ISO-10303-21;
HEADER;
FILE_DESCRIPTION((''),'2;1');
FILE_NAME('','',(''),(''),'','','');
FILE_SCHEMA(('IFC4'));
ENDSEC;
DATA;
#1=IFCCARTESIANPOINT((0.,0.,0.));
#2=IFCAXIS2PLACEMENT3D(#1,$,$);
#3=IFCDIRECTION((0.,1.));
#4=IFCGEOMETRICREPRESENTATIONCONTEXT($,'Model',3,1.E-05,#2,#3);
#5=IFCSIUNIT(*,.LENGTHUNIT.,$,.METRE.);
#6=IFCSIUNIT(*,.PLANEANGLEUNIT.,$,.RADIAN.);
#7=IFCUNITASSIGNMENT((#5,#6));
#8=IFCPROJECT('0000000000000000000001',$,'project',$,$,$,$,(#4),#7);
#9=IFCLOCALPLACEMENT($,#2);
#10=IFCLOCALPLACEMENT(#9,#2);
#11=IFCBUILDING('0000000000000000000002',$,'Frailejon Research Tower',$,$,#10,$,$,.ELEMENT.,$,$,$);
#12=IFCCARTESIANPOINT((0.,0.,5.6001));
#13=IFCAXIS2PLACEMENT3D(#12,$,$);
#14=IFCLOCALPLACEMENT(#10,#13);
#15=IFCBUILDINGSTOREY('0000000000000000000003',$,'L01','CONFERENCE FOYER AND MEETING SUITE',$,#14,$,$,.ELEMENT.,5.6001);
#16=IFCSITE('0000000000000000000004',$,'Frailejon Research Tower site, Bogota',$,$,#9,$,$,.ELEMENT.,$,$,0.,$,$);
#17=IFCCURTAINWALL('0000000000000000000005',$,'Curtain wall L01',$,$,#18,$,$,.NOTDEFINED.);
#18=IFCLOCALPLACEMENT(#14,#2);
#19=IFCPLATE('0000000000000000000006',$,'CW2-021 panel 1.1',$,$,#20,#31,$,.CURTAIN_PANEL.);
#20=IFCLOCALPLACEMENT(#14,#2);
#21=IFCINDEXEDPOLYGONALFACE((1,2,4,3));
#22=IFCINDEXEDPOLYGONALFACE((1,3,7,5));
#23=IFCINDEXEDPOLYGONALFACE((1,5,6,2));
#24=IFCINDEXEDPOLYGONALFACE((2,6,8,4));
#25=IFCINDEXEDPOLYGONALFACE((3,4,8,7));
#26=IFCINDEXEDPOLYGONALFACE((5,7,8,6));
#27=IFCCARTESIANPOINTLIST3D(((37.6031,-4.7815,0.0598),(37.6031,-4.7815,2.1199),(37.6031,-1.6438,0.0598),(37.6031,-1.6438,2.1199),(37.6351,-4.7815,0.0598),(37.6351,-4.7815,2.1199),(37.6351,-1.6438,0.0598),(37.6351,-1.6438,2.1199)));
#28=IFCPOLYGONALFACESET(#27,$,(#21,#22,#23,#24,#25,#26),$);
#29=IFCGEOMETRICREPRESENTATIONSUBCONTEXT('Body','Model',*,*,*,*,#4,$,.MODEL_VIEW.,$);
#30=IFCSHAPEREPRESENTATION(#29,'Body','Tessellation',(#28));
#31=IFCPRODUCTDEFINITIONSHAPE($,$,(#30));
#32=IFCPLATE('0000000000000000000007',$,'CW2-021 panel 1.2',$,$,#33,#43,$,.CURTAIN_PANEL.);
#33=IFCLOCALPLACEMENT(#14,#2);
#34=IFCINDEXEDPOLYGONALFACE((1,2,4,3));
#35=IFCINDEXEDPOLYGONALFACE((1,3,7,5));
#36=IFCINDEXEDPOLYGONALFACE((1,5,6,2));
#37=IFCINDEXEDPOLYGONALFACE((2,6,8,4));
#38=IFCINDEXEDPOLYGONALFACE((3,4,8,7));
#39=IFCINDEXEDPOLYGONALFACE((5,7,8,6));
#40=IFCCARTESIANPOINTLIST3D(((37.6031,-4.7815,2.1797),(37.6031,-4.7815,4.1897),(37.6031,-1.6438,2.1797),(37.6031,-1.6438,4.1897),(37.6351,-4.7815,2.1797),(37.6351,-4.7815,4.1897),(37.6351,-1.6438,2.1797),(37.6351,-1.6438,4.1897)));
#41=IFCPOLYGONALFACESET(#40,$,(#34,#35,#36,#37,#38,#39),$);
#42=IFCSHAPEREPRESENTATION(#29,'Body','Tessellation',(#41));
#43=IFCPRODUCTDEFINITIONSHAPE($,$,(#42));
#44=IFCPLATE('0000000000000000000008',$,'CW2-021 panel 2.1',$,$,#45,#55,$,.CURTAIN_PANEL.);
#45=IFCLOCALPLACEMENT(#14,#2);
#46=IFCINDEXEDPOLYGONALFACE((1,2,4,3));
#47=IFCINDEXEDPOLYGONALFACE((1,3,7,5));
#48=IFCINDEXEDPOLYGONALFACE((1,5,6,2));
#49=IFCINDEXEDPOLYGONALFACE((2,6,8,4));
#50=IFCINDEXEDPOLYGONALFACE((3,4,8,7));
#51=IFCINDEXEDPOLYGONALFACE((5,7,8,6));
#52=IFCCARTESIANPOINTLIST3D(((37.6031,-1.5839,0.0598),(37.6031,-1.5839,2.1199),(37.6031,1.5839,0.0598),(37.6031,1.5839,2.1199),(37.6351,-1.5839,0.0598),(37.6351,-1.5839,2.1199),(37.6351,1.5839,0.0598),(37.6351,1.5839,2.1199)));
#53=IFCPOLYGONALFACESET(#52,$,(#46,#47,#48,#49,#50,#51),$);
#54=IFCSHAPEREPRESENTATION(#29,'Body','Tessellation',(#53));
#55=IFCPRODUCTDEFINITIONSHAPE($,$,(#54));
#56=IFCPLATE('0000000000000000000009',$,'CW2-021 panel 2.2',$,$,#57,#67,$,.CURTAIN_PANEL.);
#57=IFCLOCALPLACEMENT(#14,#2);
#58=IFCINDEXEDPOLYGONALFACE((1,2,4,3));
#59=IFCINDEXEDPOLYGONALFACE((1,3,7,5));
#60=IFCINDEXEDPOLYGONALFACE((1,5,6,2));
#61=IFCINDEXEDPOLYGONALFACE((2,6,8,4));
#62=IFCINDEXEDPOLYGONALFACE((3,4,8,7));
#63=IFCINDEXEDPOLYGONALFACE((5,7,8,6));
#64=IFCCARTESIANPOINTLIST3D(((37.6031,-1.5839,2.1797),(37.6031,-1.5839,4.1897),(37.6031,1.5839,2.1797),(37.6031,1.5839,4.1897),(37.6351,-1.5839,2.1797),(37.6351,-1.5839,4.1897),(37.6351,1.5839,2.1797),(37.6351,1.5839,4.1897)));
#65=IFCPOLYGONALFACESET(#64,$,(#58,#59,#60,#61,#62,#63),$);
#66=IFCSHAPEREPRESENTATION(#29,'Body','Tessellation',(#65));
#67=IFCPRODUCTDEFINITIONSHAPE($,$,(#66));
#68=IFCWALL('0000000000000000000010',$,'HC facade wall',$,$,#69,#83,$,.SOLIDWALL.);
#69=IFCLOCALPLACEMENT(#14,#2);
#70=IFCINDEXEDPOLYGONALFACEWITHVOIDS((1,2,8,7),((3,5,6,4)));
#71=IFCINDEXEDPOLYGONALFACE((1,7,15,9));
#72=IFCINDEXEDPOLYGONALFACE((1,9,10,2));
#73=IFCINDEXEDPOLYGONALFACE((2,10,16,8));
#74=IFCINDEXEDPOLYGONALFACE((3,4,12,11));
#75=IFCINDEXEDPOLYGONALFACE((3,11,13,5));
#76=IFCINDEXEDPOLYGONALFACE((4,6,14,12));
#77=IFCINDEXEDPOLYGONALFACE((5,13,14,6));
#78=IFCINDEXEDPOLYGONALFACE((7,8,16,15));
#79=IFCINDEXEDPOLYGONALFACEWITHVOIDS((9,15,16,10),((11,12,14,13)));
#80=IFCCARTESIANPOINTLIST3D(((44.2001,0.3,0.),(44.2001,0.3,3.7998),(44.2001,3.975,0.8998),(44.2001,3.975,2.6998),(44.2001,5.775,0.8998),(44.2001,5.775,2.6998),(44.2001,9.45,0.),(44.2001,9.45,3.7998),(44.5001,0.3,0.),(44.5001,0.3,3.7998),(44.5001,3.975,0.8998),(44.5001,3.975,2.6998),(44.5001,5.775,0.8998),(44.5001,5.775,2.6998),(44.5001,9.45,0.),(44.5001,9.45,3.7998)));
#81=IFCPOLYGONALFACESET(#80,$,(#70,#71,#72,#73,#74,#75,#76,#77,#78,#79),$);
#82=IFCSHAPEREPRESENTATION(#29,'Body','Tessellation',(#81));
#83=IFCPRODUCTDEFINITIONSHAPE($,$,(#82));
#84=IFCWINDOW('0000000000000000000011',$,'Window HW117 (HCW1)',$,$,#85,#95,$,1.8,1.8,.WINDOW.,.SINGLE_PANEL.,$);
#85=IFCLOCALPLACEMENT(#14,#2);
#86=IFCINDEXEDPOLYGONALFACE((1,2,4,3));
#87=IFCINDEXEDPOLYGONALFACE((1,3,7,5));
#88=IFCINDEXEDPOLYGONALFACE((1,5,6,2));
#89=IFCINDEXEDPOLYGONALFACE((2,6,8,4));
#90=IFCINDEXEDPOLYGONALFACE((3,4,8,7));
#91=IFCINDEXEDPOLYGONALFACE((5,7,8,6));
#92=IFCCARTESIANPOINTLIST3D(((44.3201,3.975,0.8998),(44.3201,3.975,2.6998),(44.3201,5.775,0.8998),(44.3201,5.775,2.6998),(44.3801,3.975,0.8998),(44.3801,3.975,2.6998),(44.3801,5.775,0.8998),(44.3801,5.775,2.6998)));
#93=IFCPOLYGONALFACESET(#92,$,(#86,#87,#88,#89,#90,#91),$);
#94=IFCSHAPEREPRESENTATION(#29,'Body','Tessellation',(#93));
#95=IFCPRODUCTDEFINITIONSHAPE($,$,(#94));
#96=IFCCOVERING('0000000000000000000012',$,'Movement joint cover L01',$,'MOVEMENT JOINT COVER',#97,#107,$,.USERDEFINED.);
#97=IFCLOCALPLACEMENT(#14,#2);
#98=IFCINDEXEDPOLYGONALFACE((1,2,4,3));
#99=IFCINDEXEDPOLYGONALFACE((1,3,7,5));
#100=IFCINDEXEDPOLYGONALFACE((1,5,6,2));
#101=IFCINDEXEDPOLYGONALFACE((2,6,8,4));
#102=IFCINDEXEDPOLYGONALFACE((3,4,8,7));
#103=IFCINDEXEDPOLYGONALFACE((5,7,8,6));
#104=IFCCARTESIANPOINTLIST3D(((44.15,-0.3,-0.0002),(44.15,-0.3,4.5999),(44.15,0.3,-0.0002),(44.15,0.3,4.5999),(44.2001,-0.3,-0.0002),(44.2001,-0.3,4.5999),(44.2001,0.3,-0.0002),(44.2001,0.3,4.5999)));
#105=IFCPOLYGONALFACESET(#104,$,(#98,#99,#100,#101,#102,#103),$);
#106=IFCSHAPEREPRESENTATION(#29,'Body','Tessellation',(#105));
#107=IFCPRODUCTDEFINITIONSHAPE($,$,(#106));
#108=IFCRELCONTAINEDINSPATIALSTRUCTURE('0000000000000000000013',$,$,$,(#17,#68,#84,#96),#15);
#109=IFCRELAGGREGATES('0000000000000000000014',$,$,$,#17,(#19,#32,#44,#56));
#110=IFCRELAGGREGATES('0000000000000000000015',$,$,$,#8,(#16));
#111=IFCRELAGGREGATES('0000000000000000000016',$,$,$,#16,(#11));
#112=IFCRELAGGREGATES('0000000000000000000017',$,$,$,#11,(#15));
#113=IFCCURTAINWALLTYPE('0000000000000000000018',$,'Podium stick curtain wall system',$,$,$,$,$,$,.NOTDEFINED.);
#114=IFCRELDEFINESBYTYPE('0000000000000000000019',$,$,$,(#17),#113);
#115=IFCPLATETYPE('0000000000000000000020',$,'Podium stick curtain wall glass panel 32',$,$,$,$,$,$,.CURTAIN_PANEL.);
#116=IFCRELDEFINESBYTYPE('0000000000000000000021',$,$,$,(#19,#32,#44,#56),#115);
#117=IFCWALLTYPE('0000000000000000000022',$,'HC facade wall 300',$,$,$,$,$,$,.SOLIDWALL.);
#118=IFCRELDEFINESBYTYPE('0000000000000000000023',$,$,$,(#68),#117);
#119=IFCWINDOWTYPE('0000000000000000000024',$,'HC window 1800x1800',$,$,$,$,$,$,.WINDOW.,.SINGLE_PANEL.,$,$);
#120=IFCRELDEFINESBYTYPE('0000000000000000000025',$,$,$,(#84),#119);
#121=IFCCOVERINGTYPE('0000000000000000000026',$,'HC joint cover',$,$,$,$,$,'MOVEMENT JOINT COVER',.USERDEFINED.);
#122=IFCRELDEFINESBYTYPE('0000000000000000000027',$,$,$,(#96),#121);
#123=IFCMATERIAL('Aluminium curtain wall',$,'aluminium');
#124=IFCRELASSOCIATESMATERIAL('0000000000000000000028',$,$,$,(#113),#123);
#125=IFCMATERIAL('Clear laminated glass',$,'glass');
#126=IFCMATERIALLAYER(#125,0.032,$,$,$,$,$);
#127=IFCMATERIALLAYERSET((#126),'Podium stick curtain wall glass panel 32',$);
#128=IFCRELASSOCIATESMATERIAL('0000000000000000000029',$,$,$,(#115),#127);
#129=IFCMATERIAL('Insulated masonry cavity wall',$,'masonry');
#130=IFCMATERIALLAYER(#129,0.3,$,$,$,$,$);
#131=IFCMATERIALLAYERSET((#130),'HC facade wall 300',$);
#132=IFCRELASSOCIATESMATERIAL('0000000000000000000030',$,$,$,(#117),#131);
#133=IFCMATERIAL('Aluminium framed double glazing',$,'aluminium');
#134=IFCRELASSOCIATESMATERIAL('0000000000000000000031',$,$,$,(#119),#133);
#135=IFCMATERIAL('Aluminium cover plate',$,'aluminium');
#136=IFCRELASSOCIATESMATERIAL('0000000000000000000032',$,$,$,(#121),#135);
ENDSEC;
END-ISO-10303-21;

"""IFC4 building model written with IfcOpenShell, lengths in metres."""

from ifc_helpers import new_model, si_unit, direction, frame, frame_2d, origin, origin_2d, place, context, subcontext, project, spatial, rectangle, extrude, material, layer, layer_set, type_object, element, fill, aggregate, save


model = new_model("IFC4")

# Units and contexts
model_context = context("Model", 3, precision=1e-05, world=origin(), true_north=direction((0.0, 1.0)))
body_context = subcontext(model_context, "Body", "Model", "MODEL_VIEW")
ifc_project = project(units=[si_unit("LENGTHUNIT", "METRE"), si_unit("PLANEANGLEUNIT", "RADIAN")], contexts=[model_context])

# Site, building, storey
site_placement = place(None, origin())
site = spatial("IfcSite", under=ifc_project, at=site_placement, Name="Frailejon Research Tower site, Bogota", CompositionType="ELEMENT", RefElevation=0.0)
building_placement = place(site_placement, origin())
building = spatial("IfcBuilding", under=site, at=building_placement, Name="Frailejon Research Tower", CompositionType="ELEMENT")
storey_placement = place(building_placement, frame((0.0, 0.0, 5.6001)))
storey = spatial("IfcBuildingStorey", under=building, at=storey_placement, Name="L01", Description="CONFERENCE FOYER AND MEETING SUITE", CompositionType="ELEMENT", Elevation=5.6001)

# Curtain wall, plates
ifc_material_1 = material(Name="Aluminium curtain wall", Category="aluminium")
curtain_wall_type = type_object("IfcCurtainWallType", Name="Podium stick curtain wall system", PredefinedType="NOTDEFINED", material=ifc_material_1)
curtain_wall_placement = place(storey_placement, origin())
curtain_wall = element("IfcCurtainWall", 1, at=curtain_wall_placement, inside=storey, type_object=curtain_wall_type, Name="Curtain wall L01", PredefinedType="NOTDEFINED")
ifc_material_2 = material(Name="Clear laminated glass", Category="glass")
ifc_layer_1 = layer(ifc_material_2, 0.032)
ifc_layer_set_1 = layer_set([ifc_layer_1], Name="Podium stick curtain wall glass panel 32")
plate_type = type_object("IfcPlateType", Name="Podium stick curtain wall glass panel 32", PredefinedType="CURTAIN_PANEL", material=ifc_layer_set_1)
plate_1_placement = place(storey_placement, frame((37.6191, -3.2126, 0.0598), z_axis=(0.0, 0.0, 1.0), x_axis=(0.0, 1.0, 0.0)))
plate_1 = element("IfcPlate", 2, at=plate_1_placement, type_object=plate_type, Name="CW2-021 panel 1.1", PredefinedType="CURTAIN_PANEL", context=body_context, shape_type="SweptSolid", body=[
    extrude(rectangle(XDim=3.1377, YDim=0.032, at=origin_2d()), origin(), (0.0, 0.0, 1.0), 2.0601),
])
plate_2_placement = place(storey_placement, frame((37.6191, -3.2126, 2.1797), z_axis=(0.0, 0.0, 1.0), x_axis=(0.0, 1.0, 0.0)))
plate_2 = element("IfcPlate", 3, at=plate_2_placement, type_object=plate_type, Name="CW2-021 panel 1.2", PredefinedType="CURTAIN_PANEL", context=body_context, shape_type="SweptSolid", body=[
    extrude(rectangle(XDim=3.1377, YDim=0.032, at=origin_2d()), origin(), (0.0, 0.0, 1.0), 2.01),
])
plate_3_placement = place(storey_placement, frame((37.6191, 0.0, 0.0598), z_axis=(0.0, 0.0, 1.0), x_axis=(0.0, 1.0, 0.0)))
plate_3 = element("IfcPlate", 4, at=plate_3_placement, type_object=plate_type, Name="CW2-021 panel 2.1", PredefinedType="CURTAIN_PANEL", context=body_context, shape_type="SweptSolid", body=[
    extrude(rectangle(XDim=3.1677, YDim=0.032, at=origin_2d()), origin(), (0.0, 0.0, 1.0), 2.0601),
])
plate_4_placement = place(storey_placement, frame((37.6191, 0.0, 2.1797), z_axis=(0.0, 0.0, 1.0), x_axis=(0.0, 1.0, 0.0)))
plate_4 = element("IfcPlate", 5, at=plate_4_placement, type_object=plate_type, Name="CW2-021 panel 2.2", PredefinedType="CURTAIN_PANEL", context=body_context, shape_type="SweptSolid", body=[
    extrude(rectangle(XDim=3.1677, YDim=0.032, at=origin_2d()), origin(), (0.0, 0.0, 1.0), 2.01),
])
aggregate(curtain_wall, [plate_1, plate_2, plate_3, plate_4])

# Wall, opening, window
ifc_material_3 = material(Name="Insulated masonry cavity wall", Category="masonry")
ifc_layer_2 = layer(ifc_material_3, 0.3)
ifc_layer_set_2 = layer_set([ifc_layer_2], Name="HC facade wall 300")
wall_type = type_object("IfcWallType", Name="HC facade wall 300", PredefinedType="SOLIDWALL", material=ifc_layer_set_2)
wall_placement = place(storey_placement, frame((44.3501, 0.3, 0.0), z_axis=(0.0, 0.0, 1.0), x_axis=(0.0, 1.0, 0.0)))
wall = element("IfcWall", 6, at=wall_placement, inside=storey, type_object=wall_type, Name="HC facade wall", PredefinedType="SOLIDWALL", context=body_context, shape_type="SweptSolid", body=[
    extrude(rectangle(XDim=9.1499, YDim=0.3, at=frame_2d((4.575, 0.0))), origin(), (0.0, 0.0, 1.0), 3.7998),
])
opening_placement = place(wall_placement, frame((3.675, 0.0, 0.8999)))
opening = element("IfcOpeningElement", 7, at=opening_placement, cuts=wall, PredefinedType="OPENING", context=body_context, shape_type="SweptSolid", body=[
    extrude(rectangle(XDim=1.8, YDim=1.8, at=frame_2d((0.8999, 0.8999))), frame((0.0, 0.1599, 0.0), z_axis=(0.0, -1.0, 0.0), x_axis=(1.0, 0.0, 0.0)), (0.0, 0.0, 1.0), 0.3201),
])
ifc_material_4 = material(Name="Aluminium framed double glazing", Category="aluminium")
window_type = type_object("IfcWindowType", Name="HC window 1800x1800", PartitioningType="SINGLE_PANEL", PredefinedType="WINDOW", material=ifc_material_4)
window_placement = place(opening_placement, origin())
window = element("IfcWindow", 8, at=window_placement, inside=storey, type_object=window_type, Name="Window HW117 (HCW1)", OverallHeight=1.8, OverallWidth=1.8, PartitioningType="SINGLE_PANEL", PredefinedType="WINDOW", context=body_context, shape_type="SweptSolid", body=[
    extrude(rectangle(XDim=1.8, YDim=1.8, at=frame_2d((0.8999, 0.8999))), frame((0.0, 0.03, 0.0), z_axis=(0.0, -1.0, 0.0), x_axis=(1.0, 0.0, 0.0)), (0.0, 0.0, 1.0), 0.0601),
])
fill(opening, window)

# Covering
ifc_material_5 = material(Name="Aluminium cover plate", Category="aluminium")
covering_type = type_object("IfcCoveringType", Name="HC joint cover", ElementType="MOVEMENT JOINT COVER", PredefinedType="USERDEFINED", material=ifc_material_5)
covering_placement = place(storey_placement, frame((44.175, 0.0, -0.0002), z_axis=(0.0, 0.0, 1.0), x_axis=(1.0, 0.0, 0.0)))
element("IfcCovering", 9, at=covering_placement, inside=storey, type_object=covering_type, Name="Movement joint cover L01", ObjectType="MOVEMENT JOINT COVER", PredefinedType="USERDEFINED", context=body_context, shape_type="SweptSolid", body=[
    extrude(rectangle(XDim=0.05, YDim=0.6001, at=origin_2d()), origin(), (0.0, 0.0, 1.0), 4.6001),
])

save(model, "model.ifc")
